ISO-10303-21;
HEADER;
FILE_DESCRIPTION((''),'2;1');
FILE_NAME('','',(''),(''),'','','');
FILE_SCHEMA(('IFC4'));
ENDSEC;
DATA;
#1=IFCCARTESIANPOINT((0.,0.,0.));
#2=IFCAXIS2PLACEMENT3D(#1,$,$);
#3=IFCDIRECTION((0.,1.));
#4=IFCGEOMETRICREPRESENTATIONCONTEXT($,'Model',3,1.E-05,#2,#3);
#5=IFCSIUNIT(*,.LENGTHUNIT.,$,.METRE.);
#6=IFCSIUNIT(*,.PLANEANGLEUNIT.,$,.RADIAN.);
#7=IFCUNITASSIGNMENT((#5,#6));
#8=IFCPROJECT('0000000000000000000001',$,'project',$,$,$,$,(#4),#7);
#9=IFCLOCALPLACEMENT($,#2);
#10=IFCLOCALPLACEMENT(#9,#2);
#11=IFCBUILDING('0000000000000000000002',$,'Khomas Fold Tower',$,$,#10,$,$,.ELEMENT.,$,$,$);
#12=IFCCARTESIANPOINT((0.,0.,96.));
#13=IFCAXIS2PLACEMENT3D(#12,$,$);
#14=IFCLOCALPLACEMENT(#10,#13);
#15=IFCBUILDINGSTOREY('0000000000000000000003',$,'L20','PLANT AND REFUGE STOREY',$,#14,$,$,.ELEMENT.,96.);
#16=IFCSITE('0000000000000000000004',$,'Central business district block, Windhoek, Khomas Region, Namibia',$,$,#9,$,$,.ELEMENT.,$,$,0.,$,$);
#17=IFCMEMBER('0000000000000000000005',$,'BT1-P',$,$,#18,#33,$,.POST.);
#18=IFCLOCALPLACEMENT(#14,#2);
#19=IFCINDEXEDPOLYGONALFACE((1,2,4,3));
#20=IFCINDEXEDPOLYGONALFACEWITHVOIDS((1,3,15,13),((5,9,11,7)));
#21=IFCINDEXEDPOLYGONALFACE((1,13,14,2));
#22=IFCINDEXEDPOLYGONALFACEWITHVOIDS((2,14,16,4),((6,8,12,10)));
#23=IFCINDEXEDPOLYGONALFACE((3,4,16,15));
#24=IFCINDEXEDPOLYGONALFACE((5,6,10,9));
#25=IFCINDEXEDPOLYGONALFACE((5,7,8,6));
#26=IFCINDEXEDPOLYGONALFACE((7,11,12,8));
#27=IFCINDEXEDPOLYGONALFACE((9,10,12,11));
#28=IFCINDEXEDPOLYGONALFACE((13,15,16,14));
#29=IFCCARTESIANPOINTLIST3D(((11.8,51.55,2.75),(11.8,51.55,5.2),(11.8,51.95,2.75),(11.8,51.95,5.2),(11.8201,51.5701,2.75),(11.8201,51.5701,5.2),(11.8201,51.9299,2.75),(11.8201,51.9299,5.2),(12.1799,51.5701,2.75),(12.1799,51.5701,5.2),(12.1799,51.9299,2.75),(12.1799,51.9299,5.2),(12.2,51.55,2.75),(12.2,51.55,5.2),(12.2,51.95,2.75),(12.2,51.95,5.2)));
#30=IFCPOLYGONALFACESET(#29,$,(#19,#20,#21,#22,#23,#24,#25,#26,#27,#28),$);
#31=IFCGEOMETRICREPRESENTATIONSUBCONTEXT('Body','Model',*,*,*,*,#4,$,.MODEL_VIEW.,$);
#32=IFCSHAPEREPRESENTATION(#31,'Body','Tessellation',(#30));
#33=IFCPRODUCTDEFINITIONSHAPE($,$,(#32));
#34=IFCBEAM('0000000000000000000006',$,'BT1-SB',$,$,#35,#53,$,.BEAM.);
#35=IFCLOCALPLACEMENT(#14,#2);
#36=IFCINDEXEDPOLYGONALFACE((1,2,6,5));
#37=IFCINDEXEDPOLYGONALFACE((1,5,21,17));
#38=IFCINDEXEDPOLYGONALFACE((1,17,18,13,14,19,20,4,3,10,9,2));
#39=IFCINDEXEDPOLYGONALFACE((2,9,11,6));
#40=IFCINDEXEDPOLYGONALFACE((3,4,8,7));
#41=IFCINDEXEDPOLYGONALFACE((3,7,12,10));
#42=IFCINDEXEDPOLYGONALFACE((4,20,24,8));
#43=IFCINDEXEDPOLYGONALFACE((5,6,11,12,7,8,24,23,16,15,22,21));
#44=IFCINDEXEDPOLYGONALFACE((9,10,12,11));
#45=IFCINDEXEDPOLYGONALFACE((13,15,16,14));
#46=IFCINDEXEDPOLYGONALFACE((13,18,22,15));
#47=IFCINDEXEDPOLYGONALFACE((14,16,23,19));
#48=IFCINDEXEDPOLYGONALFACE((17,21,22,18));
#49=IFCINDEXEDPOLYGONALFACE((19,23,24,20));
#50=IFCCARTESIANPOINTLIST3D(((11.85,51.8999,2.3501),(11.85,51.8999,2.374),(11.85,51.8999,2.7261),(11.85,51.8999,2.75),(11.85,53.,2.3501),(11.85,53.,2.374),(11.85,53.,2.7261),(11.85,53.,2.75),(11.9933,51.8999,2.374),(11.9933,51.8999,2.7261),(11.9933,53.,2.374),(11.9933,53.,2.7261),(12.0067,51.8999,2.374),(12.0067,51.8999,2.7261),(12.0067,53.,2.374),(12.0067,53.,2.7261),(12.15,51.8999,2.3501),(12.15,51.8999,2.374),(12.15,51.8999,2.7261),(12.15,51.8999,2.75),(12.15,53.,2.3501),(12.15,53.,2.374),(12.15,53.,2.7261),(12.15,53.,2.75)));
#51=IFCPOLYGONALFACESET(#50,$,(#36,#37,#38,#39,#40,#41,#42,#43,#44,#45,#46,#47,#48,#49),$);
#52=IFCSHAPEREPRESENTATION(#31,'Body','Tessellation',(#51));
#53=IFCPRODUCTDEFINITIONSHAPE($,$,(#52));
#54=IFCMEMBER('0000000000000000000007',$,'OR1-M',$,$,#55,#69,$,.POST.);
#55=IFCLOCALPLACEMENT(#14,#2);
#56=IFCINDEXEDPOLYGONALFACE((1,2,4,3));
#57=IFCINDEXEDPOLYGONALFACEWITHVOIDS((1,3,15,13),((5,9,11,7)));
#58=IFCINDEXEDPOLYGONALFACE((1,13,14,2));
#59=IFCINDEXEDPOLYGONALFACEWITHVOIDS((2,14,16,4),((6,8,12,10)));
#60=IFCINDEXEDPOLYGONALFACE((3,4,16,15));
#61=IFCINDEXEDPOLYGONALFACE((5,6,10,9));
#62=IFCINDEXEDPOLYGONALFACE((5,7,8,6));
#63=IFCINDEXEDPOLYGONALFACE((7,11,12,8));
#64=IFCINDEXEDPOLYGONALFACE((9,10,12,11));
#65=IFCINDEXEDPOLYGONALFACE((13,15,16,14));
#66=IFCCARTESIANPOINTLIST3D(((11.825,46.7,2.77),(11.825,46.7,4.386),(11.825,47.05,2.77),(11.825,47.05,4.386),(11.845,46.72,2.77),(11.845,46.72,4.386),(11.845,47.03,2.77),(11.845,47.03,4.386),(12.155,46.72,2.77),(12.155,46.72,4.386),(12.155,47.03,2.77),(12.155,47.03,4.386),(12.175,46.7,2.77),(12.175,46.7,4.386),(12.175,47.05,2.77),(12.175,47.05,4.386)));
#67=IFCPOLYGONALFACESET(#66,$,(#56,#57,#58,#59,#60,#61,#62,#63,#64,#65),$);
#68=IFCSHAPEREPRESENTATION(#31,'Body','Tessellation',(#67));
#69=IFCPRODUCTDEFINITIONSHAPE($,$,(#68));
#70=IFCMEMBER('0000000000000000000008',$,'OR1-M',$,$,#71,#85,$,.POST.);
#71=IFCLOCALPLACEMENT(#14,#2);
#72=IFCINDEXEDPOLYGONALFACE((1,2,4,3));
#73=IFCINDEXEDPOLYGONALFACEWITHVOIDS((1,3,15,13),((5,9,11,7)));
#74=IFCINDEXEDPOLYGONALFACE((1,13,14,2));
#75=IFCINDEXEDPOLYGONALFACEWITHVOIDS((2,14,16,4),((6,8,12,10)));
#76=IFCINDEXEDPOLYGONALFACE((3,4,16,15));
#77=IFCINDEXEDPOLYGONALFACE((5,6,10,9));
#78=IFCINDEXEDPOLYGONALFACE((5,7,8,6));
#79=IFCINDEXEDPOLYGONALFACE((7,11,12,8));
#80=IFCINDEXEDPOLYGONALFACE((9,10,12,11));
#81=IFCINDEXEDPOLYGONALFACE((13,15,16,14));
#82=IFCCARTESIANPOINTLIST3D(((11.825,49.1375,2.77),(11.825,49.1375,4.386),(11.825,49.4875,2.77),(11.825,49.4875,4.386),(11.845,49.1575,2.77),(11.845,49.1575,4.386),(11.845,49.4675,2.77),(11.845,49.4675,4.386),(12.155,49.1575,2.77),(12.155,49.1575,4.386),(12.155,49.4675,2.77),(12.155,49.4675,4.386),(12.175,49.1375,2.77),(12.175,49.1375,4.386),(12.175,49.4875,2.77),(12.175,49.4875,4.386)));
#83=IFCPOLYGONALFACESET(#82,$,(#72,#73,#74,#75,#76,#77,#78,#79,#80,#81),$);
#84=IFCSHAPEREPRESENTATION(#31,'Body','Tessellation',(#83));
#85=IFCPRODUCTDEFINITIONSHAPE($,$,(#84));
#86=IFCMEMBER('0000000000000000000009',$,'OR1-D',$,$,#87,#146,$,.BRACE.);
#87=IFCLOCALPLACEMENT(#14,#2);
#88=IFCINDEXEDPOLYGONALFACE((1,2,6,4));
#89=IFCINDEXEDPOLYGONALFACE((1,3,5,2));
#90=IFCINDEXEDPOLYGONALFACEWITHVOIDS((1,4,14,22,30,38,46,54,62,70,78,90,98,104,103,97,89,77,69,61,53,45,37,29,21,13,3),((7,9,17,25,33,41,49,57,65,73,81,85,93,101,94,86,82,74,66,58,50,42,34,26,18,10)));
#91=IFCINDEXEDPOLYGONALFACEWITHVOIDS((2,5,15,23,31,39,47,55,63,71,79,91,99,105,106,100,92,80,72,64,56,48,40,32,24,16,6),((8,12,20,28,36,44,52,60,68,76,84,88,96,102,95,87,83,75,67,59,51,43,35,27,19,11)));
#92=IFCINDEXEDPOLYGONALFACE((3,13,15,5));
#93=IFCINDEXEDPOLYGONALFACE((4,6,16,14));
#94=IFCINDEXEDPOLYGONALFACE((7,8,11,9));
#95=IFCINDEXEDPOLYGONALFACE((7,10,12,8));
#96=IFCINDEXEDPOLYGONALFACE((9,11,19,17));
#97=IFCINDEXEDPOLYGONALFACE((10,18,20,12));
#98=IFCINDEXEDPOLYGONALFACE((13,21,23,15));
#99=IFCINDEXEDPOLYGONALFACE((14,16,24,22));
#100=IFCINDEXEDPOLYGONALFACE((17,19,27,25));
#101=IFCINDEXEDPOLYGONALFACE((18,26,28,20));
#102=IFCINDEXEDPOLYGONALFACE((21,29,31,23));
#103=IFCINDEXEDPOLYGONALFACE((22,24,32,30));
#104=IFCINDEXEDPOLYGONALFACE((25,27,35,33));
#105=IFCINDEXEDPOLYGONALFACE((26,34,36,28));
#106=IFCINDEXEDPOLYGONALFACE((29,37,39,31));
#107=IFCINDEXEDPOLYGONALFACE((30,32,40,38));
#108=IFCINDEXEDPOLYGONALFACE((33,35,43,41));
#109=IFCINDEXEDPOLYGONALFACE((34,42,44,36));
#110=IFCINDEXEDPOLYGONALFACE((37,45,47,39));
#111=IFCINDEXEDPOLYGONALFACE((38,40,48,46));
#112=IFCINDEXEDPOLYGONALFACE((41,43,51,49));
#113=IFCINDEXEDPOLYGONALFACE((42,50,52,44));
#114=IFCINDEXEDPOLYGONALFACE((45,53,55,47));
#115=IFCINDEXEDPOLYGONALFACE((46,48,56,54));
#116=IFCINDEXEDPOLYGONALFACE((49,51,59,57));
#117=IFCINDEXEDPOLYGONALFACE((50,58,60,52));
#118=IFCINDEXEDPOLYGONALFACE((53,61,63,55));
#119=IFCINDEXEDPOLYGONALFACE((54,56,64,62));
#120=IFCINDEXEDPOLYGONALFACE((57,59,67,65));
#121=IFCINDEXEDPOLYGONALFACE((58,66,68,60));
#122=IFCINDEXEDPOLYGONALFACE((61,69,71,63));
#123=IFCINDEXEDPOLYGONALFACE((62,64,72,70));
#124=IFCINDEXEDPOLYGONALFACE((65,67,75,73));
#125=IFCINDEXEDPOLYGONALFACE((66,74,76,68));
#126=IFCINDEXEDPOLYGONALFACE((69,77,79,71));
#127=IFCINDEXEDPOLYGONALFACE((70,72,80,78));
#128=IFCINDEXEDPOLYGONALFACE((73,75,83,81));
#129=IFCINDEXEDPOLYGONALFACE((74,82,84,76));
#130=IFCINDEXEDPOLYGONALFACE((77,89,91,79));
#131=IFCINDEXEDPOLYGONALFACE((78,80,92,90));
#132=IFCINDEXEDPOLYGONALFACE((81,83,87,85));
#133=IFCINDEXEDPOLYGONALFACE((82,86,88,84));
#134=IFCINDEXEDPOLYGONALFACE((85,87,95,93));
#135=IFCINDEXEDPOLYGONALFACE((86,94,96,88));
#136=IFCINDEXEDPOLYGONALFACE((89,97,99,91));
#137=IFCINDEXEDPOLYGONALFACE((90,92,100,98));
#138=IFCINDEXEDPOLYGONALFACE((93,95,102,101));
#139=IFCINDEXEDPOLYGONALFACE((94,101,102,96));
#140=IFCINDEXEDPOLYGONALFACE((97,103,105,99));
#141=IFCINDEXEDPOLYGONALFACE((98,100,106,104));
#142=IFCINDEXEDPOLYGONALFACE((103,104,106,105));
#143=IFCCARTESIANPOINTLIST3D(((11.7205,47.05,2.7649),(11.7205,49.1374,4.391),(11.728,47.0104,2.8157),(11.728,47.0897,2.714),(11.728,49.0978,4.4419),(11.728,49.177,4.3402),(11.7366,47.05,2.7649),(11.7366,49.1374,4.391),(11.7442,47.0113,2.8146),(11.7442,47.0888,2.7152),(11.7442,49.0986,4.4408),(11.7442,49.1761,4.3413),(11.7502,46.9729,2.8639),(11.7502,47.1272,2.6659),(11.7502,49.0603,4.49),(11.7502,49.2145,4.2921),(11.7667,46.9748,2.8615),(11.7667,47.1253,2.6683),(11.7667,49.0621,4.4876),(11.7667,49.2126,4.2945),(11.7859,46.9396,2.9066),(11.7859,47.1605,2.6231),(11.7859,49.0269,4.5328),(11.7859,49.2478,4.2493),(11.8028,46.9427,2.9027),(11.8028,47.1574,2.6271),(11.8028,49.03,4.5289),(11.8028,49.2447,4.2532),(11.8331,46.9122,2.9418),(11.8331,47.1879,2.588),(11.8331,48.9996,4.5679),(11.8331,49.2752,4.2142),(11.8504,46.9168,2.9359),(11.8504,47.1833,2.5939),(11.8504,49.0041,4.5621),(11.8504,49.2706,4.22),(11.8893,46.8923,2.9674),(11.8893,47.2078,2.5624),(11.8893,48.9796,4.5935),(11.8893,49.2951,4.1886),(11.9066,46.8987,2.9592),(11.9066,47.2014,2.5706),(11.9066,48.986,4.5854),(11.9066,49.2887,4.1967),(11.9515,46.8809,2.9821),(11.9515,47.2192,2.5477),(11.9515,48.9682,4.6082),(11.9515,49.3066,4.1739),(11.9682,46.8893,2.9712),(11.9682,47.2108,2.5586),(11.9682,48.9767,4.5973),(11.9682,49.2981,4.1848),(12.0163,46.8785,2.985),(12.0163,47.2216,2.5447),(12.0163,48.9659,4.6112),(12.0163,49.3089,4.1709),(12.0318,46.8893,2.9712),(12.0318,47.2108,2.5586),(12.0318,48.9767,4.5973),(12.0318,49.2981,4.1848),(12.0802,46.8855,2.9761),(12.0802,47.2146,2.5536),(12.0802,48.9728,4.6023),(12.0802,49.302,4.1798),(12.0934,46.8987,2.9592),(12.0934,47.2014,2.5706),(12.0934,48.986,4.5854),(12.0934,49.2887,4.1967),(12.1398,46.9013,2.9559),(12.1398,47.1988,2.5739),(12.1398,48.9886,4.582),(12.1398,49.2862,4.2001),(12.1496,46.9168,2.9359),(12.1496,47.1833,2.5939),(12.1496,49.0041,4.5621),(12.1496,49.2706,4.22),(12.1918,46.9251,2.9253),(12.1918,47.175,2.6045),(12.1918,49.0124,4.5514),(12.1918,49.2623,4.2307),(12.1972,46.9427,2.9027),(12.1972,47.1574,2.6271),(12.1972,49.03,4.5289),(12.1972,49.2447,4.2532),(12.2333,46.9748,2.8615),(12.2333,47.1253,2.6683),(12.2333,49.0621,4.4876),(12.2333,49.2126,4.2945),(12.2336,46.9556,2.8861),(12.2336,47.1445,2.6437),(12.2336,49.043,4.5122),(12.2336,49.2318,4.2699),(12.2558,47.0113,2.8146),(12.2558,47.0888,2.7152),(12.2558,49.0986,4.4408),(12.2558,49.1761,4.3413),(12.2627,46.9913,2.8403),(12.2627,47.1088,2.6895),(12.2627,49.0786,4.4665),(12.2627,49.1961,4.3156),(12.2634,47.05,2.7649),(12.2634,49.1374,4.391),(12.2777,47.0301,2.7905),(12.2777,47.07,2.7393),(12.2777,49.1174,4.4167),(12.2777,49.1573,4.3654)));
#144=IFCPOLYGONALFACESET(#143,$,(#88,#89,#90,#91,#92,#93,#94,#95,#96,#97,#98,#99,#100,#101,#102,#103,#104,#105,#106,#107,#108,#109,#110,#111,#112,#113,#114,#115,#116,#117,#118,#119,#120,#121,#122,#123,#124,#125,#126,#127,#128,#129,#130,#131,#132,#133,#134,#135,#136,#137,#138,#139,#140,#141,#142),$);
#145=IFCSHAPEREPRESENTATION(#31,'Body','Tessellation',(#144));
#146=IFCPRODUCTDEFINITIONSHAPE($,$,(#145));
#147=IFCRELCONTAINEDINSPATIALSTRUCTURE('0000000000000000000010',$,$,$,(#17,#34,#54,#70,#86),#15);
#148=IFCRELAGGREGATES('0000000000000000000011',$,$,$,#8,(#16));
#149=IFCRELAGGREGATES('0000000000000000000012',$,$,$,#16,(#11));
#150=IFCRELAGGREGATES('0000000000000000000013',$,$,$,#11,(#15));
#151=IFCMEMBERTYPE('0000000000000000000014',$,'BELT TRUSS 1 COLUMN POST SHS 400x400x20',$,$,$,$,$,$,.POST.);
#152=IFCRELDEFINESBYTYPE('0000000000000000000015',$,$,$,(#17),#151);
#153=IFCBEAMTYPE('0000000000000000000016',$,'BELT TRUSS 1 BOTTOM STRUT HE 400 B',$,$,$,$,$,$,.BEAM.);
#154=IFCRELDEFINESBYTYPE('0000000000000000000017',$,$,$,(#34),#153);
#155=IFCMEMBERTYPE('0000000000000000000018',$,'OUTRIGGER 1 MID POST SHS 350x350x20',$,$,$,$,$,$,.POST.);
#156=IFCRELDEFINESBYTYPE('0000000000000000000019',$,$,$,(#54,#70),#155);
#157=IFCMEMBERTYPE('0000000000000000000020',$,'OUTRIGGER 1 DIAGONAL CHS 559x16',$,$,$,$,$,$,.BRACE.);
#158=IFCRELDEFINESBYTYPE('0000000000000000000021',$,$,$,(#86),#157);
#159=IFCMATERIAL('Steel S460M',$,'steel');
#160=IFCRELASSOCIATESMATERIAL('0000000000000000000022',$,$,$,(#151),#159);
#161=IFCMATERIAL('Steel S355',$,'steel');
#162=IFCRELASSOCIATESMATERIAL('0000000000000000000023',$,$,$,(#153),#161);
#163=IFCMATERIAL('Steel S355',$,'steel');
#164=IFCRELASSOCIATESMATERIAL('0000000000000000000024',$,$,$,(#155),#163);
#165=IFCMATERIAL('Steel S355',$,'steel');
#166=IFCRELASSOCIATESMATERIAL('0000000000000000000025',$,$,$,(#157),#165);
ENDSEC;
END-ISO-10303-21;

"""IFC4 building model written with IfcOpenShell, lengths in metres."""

from ifc_helpers import new_model, si_unit, direction, frame, origin, origin_2d, place, context, subcontext, project, spatial, hollow_rectangle, hollow_circle, i_section, extrude, source, transform, mapped, material, material_profile, profile_set, type_object, element, save


model = new_model("IFC4")

# Units and contexts
model_context = context("Model", 3, precision=1e-05, world=origin(), true_north=direction((0.0, 1.0)))
body_context = subcontext(model_context, "Body", "Model", "MODEL_VIEW")
ifc_project = project(units=[si_unit("LENGTHUNIT", "METRE"), si_unit("PLANEANGLEUNIT", "RADIAN")], contexts=[model_context])

# Site, building, storey
site_placement = place(None, origin())
site = spatial("IfcSite", under=ifc_project, at=site_placement, Name="Central business district block, Windhoek, Khomas Region, Namibia", CompositionType="ELEMENT", RefElevation=0.0)
building_placement = place(site_placement, origin())
building = spatial("IfcBuilding", under=site, at=building_placement, Name="Khomas Fold Tower", CompositionType="ELEMENT")
storey_placement = place(building_placement, frame((0.0, 0.0, 96.0)))
storey = spatial("IfcBuildingStorey", under=building, at=storey_placement, Name="L20", Description="PLANT AND REFUGE STOREY", CompositionType="ELEMENT", Elevation=96.0)

# Member
ifc_material_1 = material(Name="Steel S460M", Category="steel")
ifc_material_profile_1 = material_profile(ifc_material_1, hollow_rectangle(XDim=0.3999, YDim=0.3999, WallThickness=0.02, at=origin_2d()), Name="SHS 400x400x20")
ifc_profile_set_1 = profile_set([ifc_material_profile_1], Name="Steel S460M")
member_type_1 = type_object("IfcMemberType", Name="BELT TRUSS 1 COLUMN POST SHS 400x400x20", PredefinedType="POST", material=ifc_profile_set_1)
shared_shape_1 = source(origin(), body_context, "Body", "SweptSolid", [
    extrude(hollow_rectangle(XDim=0.3999, YDim=0.3999, WallThickness=0.02, at=origin_2d()), origin(), (0.0, 0.0, 1.0), 2.45),
])
member_1_placement = place(storey_placement, frame((12.0, 51.75, 2.75), z_axis=(0.0, 0.0, 1.0), x_axis=(1.0, 0.0, 0.0)))
element("IfcMember", 1, at=member_1_placement, inside=storey, type_object=member_type_1, Name="BT1-P", PredefinedType="POST", context=body_context, shape_type="MappedRepresentation", body=[
    mapped(shared_shape_1, transform((0.0, 0.0, 0.0))),
])

# Beam
ifc_material_2 = material(Name="Steel S355", Category="steel")
ifc_material_profile_2 = material_profile(ifc_material_2, i_section(OverallWidth=0.3, OverallDepth=0.3999, WebThickness=0.0134, FlangeThickness=0.0239, at=origin_2d()), Name="HE 400 B")
ifc_profile_set_2 = profile_set([ifc_material_profile_2], Name="Steel S355")
beam_type = type_object("IfcBeamType", Name="BELT TRUSS 1 BOTTOM STRUT HE 400 B", PredefinedType="BEAM", material=ifc_profile_set_2)
shared_shape_2 = source(origin(), body_context, "Body", "SweptSolid", [
    extrude(i_section(OverallWidth=0.3, OverallDepth=0.3999, WebThickness=0.0134, FlangeThickness=0.0239, at=origin_2d()), origin(), (0.0, 0.0, 1.0), 1.1001),
])
beam_placement = place(storey_placement, frame((12.0, 51.8999, 2.55), z_axis=(0.0, 1.0, 0.0), x_axis=(-1.0, 0.0, 0.0)))
element("IfcBeam", 2, at=beam_placement, inside=storey, type_object=beam_type, Name="BT1-SB", PredefinedType="BEAM", context=body_context, shape_type="MappedRepresentation", body=[
    mapped(shared_shape_2, transform((0.0, 0.0, 0.0))),
])

# Members
ifc_material_3 = material(Name="Steel S355", Category="steel")
ifc_material_profile_3 = material_profile(ifc_material_3, hollow_rectangle(XDim=0.3501, YDim=0.3501, WallThickness=0.02, at=origin_2d()), Name="SHS 350x350x20")
ifc_profile_set_3 = profile_set([ifc_material_profile_3], Name="Steel S355")
member_type_2 = type_object("IfcMemberType", Name="OUTRIGGER 1 MID POST SHS 350x350x20", PredefinedType="POST", material=ifc_profile_set_3)
shared_shape_3 = source(origin(), body_context, "Body", "SweptSolid", [
    extrude(hollow_rectangle(XDim=0.3501, YDim=0.3501, WallThickness=0.02, at=origin_2d()), origin(), (0.0, 0.0, 1.0), 1.616),
])
for number, where, z_axis, x_axis, name in (
    (3, (12.0, 46.875, 2.77), (0.0, 0.0, 1.0), (1.0, 0.0, 0.0), "OR1-M"),
    (4, (12.0, 49.3125, 2.77), (0.0, 0.0, 1.0), (1.0, 0.0, 0.0), "OR1-M"),
):
    element("IfcMember", number, at=place(storey_placement, frame(where, z_axis=z_axis, x_axis=x_axis)), inside=storey, type_object=member_type_2, Name=name, PredefinedType="POST", context=body_context, shape_type="MappedRepresentation", body=[
        mapped(shared_shape_3, transform((0.0, 0.0, 0.0))),
    ])
ifc_material_4 = material(Name="Steel S355", Category="steel")
ifc_material_profile_4 = material_profile(ifc_material_4, hollow_circle(Radius=0.2795, WallThickness=0.0161, at=origin_2d()), Name="CHS 559x16")
ifc_profile_set_4 = profile_set([ifc_material_profile_4], Name="Steel S355")
member_type_3 = type_object("IfcMemberType", Name="OUTRIGGER 1 DIAGONAL CHS 559x16", PredefinedType="BRACE", material=ifc_profile_set_4)
shared_shape_4 = source(origin(), body_context, "Body", "SweptSolid", [
    extrude(hollow_circle(Radius=0.2795, WallThickness=0.0161, at=origin_2d()), origin(), (0.0, 0.0, 1.0), 2.646),
])
member_2_placement = place(storey_placement, frame((12.0, 47.05, 2.7649), z_axis=(0.0, 0.78886, 0.614573), x_axis=(-1.0, 0.0, 0.0)))
element("IfcMember", 5, at=member_2_placement, inside=storey, type_object=member_type_3, Name="OR1-D", PredefinedType="BRACE", context=body_context, shape_type="MappedRepresentation", body=[
    mapped(shared_shape_4, transform((0.0, 0.0, 0.0))),
])

save(model, "model.ifc")
